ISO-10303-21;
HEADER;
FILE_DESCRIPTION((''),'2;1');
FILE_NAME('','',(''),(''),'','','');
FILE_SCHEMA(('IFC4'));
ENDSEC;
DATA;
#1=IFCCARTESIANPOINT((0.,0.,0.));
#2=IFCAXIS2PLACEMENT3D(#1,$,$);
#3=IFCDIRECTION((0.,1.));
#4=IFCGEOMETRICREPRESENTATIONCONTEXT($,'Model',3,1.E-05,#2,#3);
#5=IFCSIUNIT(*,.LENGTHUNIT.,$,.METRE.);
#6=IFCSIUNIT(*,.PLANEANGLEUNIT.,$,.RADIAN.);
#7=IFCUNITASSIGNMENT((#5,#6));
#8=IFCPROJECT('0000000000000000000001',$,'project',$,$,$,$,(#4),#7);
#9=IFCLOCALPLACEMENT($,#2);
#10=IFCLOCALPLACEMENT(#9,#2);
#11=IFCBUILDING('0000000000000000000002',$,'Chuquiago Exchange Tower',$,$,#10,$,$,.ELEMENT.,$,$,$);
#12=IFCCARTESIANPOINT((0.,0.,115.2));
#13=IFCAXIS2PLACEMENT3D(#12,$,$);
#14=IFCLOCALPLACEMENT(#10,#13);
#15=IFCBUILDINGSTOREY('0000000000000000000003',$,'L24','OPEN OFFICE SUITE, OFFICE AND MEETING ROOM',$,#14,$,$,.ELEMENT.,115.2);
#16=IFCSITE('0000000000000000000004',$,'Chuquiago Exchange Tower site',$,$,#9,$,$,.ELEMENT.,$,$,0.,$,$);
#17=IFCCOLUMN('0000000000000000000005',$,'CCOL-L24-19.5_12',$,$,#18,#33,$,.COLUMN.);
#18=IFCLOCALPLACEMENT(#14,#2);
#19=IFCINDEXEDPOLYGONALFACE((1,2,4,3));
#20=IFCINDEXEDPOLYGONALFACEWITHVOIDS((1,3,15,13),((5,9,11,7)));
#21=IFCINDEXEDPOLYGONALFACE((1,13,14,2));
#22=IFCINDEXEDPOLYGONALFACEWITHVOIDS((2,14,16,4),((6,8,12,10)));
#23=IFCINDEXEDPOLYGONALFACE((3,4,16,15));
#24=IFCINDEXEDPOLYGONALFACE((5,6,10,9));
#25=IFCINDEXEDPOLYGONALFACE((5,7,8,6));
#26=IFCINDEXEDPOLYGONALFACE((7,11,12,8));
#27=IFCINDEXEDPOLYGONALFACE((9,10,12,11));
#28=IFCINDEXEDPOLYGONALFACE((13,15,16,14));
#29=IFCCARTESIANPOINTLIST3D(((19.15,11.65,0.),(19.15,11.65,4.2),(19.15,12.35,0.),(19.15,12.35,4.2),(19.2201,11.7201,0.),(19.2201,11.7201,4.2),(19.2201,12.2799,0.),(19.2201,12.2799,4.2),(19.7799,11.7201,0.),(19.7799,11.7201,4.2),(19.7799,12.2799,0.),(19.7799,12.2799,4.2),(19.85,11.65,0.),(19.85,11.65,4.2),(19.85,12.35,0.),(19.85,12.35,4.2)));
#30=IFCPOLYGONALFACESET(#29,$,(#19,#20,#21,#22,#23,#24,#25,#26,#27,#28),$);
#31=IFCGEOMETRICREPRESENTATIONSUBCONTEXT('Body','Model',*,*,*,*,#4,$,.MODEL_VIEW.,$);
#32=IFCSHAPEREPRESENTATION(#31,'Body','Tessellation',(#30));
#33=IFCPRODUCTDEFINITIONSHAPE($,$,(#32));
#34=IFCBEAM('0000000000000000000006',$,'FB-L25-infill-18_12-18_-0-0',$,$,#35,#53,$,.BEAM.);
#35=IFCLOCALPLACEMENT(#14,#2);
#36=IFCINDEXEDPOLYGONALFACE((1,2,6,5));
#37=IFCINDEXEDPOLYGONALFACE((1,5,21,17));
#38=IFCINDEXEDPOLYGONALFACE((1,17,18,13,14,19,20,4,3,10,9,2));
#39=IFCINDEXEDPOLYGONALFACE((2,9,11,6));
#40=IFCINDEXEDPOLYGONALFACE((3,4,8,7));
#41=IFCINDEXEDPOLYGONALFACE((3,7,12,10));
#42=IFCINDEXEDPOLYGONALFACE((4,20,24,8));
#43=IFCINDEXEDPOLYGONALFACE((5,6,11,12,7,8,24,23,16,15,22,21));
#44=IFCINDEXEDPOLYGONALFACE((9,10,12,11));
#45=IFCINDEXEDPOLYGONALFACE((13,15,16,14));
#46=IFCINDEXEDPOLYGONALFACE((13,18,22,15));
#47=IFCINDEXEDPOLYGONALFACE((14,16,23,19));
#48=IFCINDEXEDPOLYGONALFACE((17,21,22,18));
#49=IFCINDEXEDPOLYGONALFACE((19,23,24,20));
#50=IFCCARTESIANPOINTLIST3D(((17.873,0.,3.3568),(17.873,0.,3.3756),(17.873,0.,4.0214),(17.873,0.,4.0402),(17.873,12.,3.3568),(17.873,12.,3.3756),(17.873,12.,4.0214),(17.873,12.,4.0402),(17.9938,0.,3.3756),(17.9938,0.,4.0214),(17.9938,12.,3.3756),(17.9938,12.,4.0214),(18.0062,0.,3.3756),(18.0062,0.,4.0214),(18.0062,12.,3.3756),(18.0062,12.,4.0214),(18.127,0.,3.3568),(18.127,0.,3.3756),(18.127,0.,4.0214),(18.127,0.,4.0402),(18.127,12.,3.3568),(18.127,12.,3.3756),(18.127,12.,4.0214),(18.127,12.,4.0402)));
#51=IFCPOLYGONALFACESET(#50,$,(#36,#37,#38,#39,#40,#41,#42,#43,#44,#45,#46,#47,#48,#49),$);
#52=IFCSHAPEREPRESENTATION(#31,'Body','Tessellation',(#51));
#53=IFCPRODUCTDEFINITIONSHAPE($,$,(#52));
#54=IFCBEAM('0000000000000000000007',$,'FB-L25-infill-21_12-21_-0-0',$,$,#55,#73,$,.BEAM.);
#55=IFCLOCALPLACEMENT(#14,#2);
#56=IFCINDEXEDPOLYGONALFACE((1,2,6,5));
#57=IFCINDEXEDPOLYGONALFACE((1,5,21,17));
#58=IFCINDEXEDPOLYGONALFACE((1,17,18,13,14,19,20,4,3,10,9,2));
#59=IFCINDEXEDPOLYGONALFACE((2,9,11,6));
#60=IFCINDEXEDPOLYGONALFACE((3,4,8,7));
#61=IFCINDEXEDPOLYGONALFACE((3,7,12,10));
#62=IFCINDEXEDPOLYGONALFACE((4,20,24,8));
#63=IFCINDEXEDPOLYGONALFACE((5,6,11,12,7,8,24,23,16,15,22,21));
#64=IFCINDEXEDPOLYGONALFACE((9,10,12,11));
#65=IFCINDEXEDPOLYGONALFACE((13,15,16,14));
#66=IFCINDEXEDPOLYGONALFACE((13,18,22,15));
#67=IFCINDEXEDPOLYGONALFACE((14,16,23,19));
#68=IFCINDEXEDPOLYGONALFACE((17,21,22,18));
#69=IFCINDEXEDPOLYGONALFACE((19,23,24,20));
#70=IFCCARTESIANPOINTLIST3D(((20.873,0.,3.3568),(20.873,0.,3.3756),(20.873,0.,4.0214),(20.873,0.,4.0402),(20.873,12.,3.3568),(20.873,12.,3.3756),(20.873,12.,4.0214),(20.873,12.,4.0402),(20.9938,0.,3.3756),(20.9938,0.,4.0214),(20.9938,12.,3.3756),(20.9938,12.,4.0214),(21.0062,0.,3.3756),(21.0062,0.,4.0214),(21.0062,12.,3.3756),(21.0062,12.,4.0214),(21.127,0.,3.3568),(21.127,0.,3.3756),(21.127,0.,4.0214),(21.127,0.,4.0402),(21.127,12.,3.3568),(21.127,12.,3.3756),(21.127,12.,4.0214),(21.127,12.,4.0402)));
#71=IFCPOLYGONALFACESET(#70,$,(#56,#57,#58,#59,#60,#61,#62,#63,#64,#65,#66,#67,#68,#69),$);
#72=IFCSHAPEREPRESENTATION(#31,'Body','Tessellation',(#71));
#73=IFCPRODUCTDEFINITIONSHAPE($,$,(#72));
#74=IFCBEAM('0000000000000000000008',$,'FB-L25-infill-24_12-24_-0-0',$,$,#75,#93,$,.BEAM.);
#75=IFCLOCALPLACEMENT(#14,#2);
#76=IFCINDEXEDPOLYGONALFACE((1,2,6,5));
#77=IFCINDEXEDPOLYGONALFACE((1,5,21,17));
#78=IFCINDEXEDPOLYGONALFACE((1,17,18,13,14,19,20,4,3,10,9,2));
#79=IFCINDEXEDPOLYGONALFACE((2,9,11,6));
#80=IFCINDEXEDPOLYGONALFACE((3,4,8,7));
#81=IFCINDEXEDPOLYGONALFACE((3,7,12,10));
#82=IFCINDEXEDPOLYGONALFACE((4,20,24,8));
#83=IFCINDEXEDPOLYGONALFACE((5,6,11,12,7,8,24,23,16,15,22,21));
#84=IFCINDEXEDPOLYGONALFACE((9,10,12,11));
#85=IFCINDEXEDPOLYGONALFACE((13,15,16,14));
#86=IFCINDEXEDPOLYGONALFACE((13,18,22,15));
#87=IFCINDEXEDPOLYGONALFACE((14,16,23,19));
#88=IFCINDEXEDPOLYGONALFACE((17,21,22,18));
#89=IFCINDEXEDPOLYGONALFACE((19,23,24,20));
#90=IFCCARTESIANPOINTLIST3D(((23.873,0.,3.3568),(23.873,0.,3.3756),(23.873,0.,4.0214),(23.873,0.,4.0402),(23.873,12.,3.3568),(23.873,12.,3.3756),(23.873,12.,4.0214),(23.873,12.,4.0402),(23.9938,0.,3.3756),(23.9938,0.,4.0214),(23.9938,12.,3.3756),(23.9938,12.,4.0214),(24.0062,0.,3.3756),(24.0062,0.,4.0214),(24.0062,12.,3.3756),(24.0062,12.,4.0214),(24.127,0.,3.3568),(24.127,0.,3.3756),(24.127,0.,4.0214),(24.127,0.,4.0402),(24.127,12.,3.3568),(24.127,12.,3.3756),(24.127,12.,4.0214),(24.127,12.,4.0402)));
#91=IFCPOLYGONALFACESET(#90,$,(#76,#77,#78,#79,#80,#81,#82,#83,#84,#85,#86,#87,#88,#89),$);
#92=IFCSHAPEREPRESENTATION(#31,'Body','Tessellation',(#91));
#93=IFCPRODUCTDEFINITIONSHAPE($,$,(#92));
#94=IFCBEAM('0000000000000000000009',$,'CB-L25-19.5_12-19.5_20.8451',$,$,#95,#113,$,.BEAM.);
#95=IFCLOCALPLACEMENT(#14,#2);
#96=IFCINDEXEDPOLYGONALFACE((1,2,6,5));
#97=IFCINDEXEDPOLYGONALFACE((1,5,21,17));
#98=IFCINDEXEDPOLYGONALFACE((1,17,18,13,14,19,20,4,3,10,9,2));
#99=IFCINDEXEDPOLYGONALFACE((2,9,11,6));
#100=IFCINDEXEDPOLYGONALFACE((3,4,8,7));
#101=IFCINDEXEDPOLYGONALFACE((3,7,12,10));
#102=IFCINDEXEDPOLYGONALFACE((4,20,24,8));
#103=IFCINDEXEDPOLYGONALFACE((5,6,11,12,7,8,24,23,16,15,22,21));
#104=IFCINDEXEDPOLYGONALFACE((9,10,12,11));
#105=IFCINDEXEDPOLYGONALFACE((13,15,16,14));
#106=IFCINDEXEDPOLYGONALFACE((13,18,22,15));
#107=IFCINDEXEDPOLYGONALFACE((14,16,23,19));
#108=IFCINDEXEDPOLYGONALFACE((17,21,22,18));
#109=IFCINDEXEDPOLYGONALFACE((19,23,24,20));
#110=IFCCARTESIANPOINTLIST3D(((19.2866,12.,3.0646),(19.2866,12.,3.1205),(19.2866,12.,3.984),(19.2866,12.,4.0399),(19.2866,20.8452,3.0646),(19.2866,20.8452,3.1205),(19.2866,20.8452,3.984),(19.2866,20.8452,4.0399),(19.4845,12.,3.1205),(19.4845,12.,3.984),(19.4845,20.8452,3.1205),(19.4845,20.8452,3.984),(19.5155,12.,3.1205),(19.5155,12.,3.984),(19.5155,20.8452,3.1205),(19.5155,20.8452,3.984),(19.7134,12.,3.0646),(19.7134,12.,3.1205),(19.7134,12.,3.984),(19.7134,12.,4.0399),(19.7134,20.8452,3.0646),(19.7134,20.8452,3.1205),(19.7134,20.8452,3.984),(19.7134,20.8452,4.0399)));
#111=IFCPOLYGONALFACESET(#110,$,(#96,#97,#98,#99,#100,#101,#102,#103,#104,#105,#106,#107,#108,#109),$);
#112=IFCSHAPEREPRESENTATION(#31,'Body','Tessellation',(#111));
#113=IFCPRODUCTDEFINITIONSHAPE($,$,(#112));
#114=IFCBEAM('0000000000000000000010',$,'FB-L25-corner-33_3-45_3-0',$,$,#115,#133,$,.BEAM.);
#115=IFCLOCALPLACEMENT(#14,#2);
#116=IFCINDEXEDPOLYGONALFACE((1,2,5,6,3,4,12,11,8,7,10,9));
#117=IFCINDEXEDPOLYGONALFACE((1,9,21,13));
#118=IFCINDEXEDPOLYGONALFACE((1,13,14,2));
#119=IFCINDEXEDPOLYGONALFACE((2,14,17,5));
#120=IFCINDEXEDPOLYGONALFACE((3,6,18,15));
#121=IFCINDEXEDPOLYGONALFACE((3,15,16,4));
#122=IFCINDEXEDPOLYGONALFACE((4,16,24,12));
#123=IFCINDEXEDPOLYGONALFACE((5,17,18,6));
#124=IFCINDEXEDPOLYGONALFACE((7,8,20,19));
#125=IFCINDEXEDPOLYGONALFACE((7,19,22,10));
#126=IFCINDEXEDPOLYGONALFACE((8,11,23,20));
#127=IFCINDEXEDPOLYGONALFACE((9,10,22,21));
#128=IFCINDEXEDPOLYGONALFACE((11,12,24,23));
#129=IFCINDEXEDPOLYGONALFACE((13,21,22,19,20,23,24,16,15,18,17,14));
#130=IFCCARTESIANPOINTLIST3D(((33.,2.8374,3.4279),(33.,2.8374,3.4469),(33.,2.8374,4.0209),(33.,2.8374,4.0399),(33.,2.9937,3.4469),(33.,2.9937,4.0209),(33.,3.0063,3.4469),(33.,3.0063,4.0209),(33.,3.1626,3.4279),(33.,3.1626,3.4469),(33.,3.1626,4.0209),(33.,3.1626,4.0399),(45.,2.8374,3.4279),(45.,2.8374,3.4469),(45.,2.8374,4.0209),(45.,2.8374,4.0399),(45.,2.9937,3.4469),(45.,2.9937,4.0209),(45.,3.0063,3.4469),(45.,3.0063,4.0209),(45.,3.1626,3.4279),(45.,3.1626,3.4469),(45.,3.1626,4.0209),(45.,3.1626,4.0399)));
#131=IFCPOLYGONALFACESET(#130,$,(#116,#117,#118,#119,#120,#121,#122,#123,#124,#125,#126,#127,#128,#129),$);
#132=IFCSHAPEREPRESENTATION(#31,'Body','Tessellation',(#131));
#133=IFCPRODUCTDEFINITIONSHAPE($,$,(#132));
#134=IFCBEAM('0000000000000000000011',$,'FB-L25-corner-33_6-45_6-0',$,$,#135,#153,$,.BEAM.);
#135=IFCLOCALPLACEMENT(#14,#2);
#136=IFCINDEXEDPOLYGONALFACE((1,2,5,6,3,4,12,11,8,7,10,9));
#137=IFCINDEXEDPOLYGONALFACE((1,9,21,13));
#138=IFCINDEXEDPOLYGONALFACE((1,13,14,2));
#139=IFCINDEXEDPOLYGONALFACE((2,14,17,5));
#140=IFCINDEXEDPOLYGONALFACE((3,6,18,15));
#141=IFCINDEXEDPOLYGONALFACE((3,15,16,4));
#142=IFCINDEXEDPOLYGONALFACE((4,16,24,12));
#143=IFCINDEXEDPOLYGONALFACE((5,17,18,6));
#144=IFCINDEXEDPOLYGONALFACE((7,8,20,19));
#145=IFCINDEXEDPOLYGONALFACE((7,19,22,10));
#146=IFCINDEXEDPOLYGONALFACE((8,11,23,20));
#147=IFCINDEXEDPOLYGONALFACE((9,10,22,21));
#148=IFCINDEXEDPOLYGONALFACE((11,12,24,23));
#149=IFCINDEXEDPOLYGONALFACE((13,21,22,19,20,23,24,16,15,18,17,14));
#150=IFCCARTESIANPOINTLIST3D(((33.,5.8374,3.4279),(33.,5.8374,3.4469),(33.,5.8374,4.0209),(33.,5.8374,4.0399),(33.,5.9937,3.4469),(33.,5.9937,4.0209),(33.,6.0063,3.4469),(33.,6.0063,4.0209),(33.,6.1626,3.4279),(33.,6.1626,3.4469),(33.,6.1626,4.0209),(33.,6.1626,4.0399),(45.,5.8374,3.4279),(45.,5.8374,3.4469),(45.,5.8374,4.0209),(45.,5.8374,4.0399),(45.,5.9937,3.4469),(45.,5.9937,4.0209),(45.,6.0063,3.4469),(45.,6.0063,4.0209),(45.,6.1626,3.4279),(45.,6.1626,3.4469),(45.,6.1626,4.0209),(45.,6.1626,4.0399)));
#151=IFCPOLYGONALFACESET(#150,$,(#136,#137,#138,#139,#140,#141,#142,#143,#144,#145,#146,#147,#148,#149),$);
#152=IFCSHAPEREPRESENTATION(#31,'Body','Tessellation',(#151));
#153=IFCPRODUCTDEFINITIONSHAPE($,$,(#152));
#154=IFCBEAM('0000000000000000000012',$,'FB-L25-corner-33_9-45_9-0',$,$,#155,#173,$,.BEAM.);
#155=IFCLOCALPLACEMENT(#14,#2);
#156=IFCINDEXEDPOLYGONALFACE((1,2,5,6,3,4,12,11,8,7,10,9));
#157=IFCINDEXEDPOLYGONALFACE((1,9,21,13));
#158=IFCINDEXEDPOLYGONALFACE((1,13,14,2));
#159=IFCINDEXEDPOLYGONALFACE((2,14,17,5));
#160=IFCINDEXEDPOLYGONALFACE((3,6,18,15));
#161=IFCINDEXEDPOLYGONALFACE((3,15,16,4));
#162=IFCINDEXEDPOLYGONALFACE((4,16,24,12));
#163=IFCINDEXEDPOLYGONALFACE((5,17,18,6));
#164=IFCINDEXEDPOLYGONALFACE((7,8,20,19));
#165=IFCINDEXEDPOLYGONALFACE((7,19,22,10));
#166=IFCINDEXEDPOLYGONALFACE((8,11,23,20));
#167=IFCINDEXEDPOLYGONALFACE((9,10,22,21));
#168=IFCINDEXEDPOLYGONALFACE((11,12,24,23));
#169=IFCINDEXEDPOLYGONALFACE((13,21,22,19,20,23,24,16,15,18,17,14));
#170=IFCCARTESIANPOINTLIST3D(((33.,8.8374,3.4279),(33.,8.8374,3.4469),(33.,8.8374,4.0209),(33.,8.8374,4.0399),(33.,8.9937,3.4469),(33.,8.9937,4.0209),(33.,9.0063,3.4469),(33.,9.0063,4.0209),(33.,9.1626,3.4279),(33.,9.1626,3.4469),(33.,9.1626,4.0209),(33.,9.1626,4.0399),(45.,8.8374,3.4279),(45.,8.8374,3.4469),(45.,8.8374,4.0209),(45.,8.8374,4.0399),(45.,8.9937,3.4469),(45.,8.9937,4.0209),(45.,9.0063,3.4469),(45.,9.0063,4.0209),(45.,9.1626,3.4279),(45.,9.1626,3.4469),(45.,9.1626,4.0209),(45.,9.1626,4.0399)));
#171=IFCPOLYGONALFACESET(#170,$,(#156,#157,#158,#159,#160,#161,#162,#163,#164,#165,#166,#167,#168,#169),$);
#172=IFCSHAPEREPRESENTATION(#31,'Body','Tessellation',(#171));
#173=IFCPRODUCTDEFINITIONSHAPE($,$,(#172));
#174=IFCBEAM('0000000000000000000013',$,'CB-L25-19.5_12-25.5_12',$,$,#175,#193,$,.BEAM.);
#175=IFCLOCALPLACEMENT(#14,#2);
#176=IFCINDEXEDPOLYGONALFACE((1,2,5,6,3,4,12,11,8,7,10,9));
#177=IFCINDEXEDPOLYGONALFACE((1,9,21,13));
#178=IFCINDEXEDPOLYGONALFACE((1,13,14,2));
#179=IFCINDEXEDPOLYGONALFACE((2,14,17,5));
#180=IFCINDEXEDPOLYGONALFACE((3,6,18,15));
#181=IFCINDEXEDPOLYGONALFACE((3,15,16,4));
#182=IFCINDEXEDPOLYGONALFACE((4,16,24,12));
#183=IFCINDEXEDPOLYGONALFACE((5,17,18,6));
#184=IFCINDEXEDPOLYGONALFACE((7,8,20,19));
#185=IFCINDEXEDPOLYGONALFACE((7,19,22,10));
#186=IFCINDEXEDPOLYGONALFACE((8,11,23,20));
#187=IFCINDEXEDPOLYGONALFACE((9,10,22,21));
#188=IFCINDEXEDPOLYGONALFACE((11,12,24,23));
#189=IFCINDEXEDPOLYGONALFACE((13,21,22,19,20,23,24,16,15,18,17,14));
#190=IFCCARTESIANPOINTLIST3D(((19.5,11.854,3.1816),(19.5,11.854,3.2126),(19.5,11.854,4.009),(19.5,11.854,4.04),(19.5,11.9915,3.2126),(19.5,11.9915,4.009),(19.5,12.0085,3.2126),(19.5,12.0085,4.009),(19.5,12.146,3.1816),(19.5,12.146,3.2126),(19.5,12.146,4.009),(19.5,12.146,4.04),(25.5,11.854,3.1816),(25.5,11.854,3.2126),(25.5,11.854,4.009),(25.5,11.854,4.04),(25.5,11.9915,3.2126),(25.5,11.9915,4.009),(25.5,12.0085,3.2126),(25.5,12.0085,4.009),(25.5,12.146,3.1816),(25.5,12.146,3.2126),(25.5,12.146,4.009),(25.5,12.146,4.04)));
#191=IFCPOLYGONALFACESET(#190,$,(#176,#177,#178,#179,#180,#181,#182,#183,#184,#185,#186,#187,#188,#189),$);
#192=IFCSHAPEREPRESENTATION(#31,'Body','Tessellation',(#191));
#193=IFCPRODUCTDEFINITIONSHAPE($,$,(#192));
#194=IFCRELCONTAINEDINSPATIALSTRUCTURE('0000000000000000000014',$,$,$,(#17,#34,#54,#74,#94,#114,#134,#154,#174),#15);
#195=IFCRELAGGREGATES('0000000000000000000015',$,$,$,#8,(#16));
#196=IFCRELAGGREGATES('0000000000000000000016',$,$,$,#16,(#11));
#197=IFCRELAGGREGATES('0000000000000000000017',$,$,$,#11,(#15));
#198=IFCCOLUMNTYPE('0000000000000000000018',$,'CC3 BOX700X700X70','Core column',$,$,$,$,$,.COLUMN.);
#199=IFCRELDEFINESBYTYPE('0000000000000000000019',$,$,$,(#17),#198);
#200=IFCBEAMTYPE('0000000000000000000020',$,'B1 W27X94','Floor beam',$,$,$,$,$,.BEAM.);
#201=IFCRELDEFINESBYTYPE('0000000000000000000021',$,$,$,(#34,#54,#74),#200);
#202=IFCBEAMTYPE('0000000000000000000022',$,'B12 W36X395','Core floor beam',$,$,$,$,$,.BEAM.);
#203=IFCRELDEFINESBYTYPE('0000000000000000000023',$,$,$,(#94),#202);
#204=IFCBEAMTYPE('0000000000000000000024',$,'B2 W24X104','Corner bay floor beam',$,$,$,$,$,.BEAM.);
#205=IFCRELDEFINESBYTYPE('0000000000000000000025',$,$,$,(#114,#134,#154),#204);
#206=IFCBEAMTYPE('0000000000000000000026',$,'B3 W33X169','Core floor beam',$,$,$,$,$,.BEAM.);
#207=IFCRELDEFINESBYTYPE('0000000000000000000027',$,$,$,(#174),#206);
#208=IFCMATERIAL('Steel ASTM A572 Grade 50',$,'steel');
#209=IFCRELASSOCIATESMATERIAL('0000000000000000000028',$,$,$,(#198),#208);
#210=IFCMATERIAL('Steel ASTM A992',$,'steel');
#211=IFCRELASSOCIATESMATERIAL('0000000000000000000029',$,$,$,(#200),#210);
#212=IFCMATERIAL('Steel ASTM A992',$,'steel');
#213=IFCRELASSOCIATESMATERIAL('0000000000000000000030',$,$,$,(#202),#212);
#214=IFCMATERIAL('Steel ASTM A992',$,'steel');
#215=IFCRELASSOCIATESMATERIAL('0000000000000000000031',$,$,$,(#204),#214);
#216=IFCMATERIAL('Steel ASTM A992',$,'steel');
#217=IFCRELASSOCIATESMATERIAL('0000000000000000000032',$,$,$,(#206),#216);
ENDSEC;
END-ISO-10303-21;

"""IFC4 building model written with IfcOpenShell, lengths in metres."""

from ifc_helpers import new_model, si_unit, direction, frame, origin, origin_2d, place, context, subcontext, project, spatial, hollow_rectangle, i_section, extrude, material, material_profile, profile_set, type_object, element, save


model = new_model("IFC4")

# Units and contexts
model_context = context("Model", 3, precision=1e-05, world=origin(), true_north=direction((0.0, 1.0)))
body_context = subcontext(model_context, "Body", "Model", "MODEL_VIEW")
ifc_project = project(units=[si_unit("LENGTHUNIT", "METRE"), si_unit("PLANEANGLEUNIT", "RADIAN")], contexts=[model_context])

# Site, building, storey
site_placement = place(None, origin())
site = spatial("IfcSite", under=ifc_project, at=site_placement, Name="Chuquiago Exchange Tower site", CompositionType="ELEMENT", RefElevation=0.0)
building_placement = place(site_placement, origin())
building = spatial("IfcBuilding", under=site, at=building_placement, Name="Chuquiago Exchange Tower", CompositionType="ELEMENT")
storey_placement = place(building_placement, frame((0.0, 0.0, 115.2)))
storey = spatial("IfcBuildingStorey", under=building, at=storey_placement, Name="L24", Description="OPEN OFFICE SUITE, OFFICE AND MEETING ROOM", CompositionType="ELEMENT", Elevation=115.2)

# Column
ifc_material_1 = material(Name="Steel ASTM A572 Grade 50", Category="steel")
ifc_material_profile_1 = material_profile(ifc_material_1, hollow_rectangle(XDim=0.7, YDim=0.7, WallThickness=0.0701, at=origin_2d()), Name="BOX700X700X70")
ifc_profile_set_1 = profile_set([ifc_material_profile_1], Name="Steel ASTM A572 Grade 50")
column_type = type_object("IfcColumnType", Name="CC3 BOX700X700X70", Description="Core column", PredefinedType="COLUMN", material=ifc_profile_set_1)
column_placement = place(storey_placement, frame((19.5, 12.0, 0.0), z_axis=(0.0, 0.0, 1.0), x_axis=(1.0, 0.0, 0.0)))
element("IfcColumn", 1, at=column_placement, inside=storey, type_object=column_type, Name="CCOL-L24-19.5_12", PredefinedType="COLUMN", context=body_context, shape_type="SweptSolid", body=[
    extrude(hollow_rectangle(XDim=0.7, YDim=0.7, WallThickness=0.0701, at=origin_2d()), origin(), (0.0, 0.0, 1.0), 4.2),
])

# Beams
ifc_material_2 = material(Name="Steel ASTM A992", Category="steel")
ifc_material_profile_2 = material_profile(ifc_material_2, i_section(OverallWidth=0.2539, OverallDepth=0.6833, WebThickness=0.0125, FlangeThickness=0.0188, at=origin_2d()), Name="W27X94")
ifc_profile_set_2 = profile_set([ifc_material_profile_2], Name="Steel ASTM A992")
beam_type_1 = type_object("IfcBeamType", Name="B1 W27X94", Description="Floor beam", PredefinedType="BEAM", material=ifc_profile_set_2)
for number, where, z_axis, x_axis, name in (
    (2, (18.0, 12.0, 3.6985), (0.0, -1.0, 0.0), (1.0, 0.0, 0.0), "FB-L25-infill-18_12-18_-0-0"),
    (3, (21.0, 12.0, 3.6985), (0.0, -1.0, 0.0), (1.0, 0.0, 0.0), "FB-L25-infill-21_12-21_-0-0"),
    (4, (24.0, 12.0, 3.6985), (0.0, -1.0, 0.0), (1.0, 0.0, 0.0), "FB-L25-infill-24_12-24_-0-0"),
):
    element("IfcBeam", number, at=place(storey_placement, frame(where, z_axis=z_axis, x_axis=x_axis)), inside=storey, type_object=beam_type_1, Name=name, PredefinedType="BEAM", context=body_context, shape_type="SweptSolid", body=[
        extrude(i_section(OverallWidth=0.2539, OverallDepth=0.6833, WebThickness=0.0125, FlangeThickness=0.0188, at=origin_2d()), origin(), (0.0, 0.0, 1.0), 12.0),
    ])
ifc_material_3 = material(Name="Steel ASTM A992", Category="steel")
ifc_material_profile_3 = material_profile(ifc_material_3, i_section(OverallWidth=0.4268, OverallDepth=0.9753, WebThickness=0.031, FlangeThickness=0.0559, at=origin_2d()), Name="W36X395")
ifc_profile_set_3 = profile_set([ifc_material_profile_3], Name="Steel ASTM A992")
beam_type_2 = type_object("IfcBeamType", Name="B12 W36X395", Description="Core floor beam", PredefinedType="BEAM", material=ifc_profile_set_3)
beam_1_placement = place(storey_placement, frame((19.5, 12.0, 3.5522), z_axis=(0.0, 1.0, 0.0), x_axis=(-1.0, 0.0, 0.0)))
element("IfcBeam", 5, at=beam_1_placement, inside=storey, type_object=beam_type_2, Name="CB-L25-19.5_12-19.5_20.8451", PredefinedType="BEAM", context=body_context, shape_type="SweptSolid", body=[
    extrude(i_section(OverallWidth=0.4268, OverallDepth=0.9753, WebThickness=0.031, FlangeThickness=0.0559, at=origin_2d()), origin(), (0.0, 0.0, 1.0), 8.8452),
])
ifc_material_4 = material(Name="Steel ASTM A992", Category="steel")
ifc_material_profile_4 = material_profile(ifc_material_4, i_section(OverallWidth=0.3252, OverallDepth=0.6121, WebThickness=0.0127, FlangeThickness=0.019, at=origin_2d()), Name="W24X104")
ifc_profile_set_4 = profile_set([ifc_material_profile_4], Name="Steel ASTM A992")
beam_type_3 = type_object("IfcBeamType", Name="B2 W24X104", Description="Corner bay floor beam", PredefinedType="BEAM", material=ifc_profile_set_4)
for number, where, z_axis, x_axis, name in (
    (6, (33.0, 3.0, 3.7339), (1.0, 0.0, 0.0), (0.0, 1.0, 0.0), "FB-L25-corner-33_3-45_3-0"),
    (7, (33.0, 6.0, 3.7339), (1.0, 0.0, 0.0), (0.0, 1.0, 0.0), "FB-L25-corner-33_6-45_6-0"),
    (8, (33.0, 9.0, 3.7339), (1.0, 0.0, 0.0), (0.0, 1.0, 0.0), "FB-L25-corner-33_9-45_9-0"),
):
    element("IfcBeam", number, at=place(storey_placement, frame(where, z_axis=z_axis, x_axis=x_axis)), inside=storey, type_object=beam_type_3, Name=name, PredefinedType="BEAM", context=body_context, shape_type="SweptSolid", body=[
        extrude(i_section(OverallWidth=0.3252, OverallDepth=0.6121, WebThickness=0.0127, FlangeThickness=0.019, at=origin_2d()), origin(), (0.0, 0.0, 1.0), 12.0),
    ])
ifc_material_5 = material(Name="Steel ASTM A992", Category="steel")
ifc_material_profile_5 = material_profile(ifc_material_5, i_section(OverallWidth=0.292, OverallDepth=0.8584, WebThickness=0.0171, FlangeThickness=0.031, at=origin_2d()), Name="W33X169")
ifc_profile_set_5 = profile_set([ifc_material_profile_5], Name="Steel ASTM A992")
beam_type_4 = type_object("IfcBeamType", Name="B3 W33X169", Description="Core floor beam", PredefinedType="BEAM", material=ifc_profile_set_5)
beam_2_placement = place(storey_placement, frame((19.5, 12.0, 3.6108), z_axis=(1.0, 0.0, 0.0), x_axis=(0.0, 1.0, 0.0)))
element("IfcBeam", 9, at=beam_2_placement, inside=storey, type_object=beam_type_4, Name="CB-L25-19.5_12-25.5_12", PredefinedType="BEAM", context=body_context, shape_type="SweptSolid", body=[
    extrude(i_section(OverallWidth=0.292, OverallDepth=0.8584, WebThickness=0.0171, FlangeThickness=0.031, at=origin_2d()), origin(), (0.0, 0.0, 1.0), 6.0),
])

save(model, "model.ifc")
